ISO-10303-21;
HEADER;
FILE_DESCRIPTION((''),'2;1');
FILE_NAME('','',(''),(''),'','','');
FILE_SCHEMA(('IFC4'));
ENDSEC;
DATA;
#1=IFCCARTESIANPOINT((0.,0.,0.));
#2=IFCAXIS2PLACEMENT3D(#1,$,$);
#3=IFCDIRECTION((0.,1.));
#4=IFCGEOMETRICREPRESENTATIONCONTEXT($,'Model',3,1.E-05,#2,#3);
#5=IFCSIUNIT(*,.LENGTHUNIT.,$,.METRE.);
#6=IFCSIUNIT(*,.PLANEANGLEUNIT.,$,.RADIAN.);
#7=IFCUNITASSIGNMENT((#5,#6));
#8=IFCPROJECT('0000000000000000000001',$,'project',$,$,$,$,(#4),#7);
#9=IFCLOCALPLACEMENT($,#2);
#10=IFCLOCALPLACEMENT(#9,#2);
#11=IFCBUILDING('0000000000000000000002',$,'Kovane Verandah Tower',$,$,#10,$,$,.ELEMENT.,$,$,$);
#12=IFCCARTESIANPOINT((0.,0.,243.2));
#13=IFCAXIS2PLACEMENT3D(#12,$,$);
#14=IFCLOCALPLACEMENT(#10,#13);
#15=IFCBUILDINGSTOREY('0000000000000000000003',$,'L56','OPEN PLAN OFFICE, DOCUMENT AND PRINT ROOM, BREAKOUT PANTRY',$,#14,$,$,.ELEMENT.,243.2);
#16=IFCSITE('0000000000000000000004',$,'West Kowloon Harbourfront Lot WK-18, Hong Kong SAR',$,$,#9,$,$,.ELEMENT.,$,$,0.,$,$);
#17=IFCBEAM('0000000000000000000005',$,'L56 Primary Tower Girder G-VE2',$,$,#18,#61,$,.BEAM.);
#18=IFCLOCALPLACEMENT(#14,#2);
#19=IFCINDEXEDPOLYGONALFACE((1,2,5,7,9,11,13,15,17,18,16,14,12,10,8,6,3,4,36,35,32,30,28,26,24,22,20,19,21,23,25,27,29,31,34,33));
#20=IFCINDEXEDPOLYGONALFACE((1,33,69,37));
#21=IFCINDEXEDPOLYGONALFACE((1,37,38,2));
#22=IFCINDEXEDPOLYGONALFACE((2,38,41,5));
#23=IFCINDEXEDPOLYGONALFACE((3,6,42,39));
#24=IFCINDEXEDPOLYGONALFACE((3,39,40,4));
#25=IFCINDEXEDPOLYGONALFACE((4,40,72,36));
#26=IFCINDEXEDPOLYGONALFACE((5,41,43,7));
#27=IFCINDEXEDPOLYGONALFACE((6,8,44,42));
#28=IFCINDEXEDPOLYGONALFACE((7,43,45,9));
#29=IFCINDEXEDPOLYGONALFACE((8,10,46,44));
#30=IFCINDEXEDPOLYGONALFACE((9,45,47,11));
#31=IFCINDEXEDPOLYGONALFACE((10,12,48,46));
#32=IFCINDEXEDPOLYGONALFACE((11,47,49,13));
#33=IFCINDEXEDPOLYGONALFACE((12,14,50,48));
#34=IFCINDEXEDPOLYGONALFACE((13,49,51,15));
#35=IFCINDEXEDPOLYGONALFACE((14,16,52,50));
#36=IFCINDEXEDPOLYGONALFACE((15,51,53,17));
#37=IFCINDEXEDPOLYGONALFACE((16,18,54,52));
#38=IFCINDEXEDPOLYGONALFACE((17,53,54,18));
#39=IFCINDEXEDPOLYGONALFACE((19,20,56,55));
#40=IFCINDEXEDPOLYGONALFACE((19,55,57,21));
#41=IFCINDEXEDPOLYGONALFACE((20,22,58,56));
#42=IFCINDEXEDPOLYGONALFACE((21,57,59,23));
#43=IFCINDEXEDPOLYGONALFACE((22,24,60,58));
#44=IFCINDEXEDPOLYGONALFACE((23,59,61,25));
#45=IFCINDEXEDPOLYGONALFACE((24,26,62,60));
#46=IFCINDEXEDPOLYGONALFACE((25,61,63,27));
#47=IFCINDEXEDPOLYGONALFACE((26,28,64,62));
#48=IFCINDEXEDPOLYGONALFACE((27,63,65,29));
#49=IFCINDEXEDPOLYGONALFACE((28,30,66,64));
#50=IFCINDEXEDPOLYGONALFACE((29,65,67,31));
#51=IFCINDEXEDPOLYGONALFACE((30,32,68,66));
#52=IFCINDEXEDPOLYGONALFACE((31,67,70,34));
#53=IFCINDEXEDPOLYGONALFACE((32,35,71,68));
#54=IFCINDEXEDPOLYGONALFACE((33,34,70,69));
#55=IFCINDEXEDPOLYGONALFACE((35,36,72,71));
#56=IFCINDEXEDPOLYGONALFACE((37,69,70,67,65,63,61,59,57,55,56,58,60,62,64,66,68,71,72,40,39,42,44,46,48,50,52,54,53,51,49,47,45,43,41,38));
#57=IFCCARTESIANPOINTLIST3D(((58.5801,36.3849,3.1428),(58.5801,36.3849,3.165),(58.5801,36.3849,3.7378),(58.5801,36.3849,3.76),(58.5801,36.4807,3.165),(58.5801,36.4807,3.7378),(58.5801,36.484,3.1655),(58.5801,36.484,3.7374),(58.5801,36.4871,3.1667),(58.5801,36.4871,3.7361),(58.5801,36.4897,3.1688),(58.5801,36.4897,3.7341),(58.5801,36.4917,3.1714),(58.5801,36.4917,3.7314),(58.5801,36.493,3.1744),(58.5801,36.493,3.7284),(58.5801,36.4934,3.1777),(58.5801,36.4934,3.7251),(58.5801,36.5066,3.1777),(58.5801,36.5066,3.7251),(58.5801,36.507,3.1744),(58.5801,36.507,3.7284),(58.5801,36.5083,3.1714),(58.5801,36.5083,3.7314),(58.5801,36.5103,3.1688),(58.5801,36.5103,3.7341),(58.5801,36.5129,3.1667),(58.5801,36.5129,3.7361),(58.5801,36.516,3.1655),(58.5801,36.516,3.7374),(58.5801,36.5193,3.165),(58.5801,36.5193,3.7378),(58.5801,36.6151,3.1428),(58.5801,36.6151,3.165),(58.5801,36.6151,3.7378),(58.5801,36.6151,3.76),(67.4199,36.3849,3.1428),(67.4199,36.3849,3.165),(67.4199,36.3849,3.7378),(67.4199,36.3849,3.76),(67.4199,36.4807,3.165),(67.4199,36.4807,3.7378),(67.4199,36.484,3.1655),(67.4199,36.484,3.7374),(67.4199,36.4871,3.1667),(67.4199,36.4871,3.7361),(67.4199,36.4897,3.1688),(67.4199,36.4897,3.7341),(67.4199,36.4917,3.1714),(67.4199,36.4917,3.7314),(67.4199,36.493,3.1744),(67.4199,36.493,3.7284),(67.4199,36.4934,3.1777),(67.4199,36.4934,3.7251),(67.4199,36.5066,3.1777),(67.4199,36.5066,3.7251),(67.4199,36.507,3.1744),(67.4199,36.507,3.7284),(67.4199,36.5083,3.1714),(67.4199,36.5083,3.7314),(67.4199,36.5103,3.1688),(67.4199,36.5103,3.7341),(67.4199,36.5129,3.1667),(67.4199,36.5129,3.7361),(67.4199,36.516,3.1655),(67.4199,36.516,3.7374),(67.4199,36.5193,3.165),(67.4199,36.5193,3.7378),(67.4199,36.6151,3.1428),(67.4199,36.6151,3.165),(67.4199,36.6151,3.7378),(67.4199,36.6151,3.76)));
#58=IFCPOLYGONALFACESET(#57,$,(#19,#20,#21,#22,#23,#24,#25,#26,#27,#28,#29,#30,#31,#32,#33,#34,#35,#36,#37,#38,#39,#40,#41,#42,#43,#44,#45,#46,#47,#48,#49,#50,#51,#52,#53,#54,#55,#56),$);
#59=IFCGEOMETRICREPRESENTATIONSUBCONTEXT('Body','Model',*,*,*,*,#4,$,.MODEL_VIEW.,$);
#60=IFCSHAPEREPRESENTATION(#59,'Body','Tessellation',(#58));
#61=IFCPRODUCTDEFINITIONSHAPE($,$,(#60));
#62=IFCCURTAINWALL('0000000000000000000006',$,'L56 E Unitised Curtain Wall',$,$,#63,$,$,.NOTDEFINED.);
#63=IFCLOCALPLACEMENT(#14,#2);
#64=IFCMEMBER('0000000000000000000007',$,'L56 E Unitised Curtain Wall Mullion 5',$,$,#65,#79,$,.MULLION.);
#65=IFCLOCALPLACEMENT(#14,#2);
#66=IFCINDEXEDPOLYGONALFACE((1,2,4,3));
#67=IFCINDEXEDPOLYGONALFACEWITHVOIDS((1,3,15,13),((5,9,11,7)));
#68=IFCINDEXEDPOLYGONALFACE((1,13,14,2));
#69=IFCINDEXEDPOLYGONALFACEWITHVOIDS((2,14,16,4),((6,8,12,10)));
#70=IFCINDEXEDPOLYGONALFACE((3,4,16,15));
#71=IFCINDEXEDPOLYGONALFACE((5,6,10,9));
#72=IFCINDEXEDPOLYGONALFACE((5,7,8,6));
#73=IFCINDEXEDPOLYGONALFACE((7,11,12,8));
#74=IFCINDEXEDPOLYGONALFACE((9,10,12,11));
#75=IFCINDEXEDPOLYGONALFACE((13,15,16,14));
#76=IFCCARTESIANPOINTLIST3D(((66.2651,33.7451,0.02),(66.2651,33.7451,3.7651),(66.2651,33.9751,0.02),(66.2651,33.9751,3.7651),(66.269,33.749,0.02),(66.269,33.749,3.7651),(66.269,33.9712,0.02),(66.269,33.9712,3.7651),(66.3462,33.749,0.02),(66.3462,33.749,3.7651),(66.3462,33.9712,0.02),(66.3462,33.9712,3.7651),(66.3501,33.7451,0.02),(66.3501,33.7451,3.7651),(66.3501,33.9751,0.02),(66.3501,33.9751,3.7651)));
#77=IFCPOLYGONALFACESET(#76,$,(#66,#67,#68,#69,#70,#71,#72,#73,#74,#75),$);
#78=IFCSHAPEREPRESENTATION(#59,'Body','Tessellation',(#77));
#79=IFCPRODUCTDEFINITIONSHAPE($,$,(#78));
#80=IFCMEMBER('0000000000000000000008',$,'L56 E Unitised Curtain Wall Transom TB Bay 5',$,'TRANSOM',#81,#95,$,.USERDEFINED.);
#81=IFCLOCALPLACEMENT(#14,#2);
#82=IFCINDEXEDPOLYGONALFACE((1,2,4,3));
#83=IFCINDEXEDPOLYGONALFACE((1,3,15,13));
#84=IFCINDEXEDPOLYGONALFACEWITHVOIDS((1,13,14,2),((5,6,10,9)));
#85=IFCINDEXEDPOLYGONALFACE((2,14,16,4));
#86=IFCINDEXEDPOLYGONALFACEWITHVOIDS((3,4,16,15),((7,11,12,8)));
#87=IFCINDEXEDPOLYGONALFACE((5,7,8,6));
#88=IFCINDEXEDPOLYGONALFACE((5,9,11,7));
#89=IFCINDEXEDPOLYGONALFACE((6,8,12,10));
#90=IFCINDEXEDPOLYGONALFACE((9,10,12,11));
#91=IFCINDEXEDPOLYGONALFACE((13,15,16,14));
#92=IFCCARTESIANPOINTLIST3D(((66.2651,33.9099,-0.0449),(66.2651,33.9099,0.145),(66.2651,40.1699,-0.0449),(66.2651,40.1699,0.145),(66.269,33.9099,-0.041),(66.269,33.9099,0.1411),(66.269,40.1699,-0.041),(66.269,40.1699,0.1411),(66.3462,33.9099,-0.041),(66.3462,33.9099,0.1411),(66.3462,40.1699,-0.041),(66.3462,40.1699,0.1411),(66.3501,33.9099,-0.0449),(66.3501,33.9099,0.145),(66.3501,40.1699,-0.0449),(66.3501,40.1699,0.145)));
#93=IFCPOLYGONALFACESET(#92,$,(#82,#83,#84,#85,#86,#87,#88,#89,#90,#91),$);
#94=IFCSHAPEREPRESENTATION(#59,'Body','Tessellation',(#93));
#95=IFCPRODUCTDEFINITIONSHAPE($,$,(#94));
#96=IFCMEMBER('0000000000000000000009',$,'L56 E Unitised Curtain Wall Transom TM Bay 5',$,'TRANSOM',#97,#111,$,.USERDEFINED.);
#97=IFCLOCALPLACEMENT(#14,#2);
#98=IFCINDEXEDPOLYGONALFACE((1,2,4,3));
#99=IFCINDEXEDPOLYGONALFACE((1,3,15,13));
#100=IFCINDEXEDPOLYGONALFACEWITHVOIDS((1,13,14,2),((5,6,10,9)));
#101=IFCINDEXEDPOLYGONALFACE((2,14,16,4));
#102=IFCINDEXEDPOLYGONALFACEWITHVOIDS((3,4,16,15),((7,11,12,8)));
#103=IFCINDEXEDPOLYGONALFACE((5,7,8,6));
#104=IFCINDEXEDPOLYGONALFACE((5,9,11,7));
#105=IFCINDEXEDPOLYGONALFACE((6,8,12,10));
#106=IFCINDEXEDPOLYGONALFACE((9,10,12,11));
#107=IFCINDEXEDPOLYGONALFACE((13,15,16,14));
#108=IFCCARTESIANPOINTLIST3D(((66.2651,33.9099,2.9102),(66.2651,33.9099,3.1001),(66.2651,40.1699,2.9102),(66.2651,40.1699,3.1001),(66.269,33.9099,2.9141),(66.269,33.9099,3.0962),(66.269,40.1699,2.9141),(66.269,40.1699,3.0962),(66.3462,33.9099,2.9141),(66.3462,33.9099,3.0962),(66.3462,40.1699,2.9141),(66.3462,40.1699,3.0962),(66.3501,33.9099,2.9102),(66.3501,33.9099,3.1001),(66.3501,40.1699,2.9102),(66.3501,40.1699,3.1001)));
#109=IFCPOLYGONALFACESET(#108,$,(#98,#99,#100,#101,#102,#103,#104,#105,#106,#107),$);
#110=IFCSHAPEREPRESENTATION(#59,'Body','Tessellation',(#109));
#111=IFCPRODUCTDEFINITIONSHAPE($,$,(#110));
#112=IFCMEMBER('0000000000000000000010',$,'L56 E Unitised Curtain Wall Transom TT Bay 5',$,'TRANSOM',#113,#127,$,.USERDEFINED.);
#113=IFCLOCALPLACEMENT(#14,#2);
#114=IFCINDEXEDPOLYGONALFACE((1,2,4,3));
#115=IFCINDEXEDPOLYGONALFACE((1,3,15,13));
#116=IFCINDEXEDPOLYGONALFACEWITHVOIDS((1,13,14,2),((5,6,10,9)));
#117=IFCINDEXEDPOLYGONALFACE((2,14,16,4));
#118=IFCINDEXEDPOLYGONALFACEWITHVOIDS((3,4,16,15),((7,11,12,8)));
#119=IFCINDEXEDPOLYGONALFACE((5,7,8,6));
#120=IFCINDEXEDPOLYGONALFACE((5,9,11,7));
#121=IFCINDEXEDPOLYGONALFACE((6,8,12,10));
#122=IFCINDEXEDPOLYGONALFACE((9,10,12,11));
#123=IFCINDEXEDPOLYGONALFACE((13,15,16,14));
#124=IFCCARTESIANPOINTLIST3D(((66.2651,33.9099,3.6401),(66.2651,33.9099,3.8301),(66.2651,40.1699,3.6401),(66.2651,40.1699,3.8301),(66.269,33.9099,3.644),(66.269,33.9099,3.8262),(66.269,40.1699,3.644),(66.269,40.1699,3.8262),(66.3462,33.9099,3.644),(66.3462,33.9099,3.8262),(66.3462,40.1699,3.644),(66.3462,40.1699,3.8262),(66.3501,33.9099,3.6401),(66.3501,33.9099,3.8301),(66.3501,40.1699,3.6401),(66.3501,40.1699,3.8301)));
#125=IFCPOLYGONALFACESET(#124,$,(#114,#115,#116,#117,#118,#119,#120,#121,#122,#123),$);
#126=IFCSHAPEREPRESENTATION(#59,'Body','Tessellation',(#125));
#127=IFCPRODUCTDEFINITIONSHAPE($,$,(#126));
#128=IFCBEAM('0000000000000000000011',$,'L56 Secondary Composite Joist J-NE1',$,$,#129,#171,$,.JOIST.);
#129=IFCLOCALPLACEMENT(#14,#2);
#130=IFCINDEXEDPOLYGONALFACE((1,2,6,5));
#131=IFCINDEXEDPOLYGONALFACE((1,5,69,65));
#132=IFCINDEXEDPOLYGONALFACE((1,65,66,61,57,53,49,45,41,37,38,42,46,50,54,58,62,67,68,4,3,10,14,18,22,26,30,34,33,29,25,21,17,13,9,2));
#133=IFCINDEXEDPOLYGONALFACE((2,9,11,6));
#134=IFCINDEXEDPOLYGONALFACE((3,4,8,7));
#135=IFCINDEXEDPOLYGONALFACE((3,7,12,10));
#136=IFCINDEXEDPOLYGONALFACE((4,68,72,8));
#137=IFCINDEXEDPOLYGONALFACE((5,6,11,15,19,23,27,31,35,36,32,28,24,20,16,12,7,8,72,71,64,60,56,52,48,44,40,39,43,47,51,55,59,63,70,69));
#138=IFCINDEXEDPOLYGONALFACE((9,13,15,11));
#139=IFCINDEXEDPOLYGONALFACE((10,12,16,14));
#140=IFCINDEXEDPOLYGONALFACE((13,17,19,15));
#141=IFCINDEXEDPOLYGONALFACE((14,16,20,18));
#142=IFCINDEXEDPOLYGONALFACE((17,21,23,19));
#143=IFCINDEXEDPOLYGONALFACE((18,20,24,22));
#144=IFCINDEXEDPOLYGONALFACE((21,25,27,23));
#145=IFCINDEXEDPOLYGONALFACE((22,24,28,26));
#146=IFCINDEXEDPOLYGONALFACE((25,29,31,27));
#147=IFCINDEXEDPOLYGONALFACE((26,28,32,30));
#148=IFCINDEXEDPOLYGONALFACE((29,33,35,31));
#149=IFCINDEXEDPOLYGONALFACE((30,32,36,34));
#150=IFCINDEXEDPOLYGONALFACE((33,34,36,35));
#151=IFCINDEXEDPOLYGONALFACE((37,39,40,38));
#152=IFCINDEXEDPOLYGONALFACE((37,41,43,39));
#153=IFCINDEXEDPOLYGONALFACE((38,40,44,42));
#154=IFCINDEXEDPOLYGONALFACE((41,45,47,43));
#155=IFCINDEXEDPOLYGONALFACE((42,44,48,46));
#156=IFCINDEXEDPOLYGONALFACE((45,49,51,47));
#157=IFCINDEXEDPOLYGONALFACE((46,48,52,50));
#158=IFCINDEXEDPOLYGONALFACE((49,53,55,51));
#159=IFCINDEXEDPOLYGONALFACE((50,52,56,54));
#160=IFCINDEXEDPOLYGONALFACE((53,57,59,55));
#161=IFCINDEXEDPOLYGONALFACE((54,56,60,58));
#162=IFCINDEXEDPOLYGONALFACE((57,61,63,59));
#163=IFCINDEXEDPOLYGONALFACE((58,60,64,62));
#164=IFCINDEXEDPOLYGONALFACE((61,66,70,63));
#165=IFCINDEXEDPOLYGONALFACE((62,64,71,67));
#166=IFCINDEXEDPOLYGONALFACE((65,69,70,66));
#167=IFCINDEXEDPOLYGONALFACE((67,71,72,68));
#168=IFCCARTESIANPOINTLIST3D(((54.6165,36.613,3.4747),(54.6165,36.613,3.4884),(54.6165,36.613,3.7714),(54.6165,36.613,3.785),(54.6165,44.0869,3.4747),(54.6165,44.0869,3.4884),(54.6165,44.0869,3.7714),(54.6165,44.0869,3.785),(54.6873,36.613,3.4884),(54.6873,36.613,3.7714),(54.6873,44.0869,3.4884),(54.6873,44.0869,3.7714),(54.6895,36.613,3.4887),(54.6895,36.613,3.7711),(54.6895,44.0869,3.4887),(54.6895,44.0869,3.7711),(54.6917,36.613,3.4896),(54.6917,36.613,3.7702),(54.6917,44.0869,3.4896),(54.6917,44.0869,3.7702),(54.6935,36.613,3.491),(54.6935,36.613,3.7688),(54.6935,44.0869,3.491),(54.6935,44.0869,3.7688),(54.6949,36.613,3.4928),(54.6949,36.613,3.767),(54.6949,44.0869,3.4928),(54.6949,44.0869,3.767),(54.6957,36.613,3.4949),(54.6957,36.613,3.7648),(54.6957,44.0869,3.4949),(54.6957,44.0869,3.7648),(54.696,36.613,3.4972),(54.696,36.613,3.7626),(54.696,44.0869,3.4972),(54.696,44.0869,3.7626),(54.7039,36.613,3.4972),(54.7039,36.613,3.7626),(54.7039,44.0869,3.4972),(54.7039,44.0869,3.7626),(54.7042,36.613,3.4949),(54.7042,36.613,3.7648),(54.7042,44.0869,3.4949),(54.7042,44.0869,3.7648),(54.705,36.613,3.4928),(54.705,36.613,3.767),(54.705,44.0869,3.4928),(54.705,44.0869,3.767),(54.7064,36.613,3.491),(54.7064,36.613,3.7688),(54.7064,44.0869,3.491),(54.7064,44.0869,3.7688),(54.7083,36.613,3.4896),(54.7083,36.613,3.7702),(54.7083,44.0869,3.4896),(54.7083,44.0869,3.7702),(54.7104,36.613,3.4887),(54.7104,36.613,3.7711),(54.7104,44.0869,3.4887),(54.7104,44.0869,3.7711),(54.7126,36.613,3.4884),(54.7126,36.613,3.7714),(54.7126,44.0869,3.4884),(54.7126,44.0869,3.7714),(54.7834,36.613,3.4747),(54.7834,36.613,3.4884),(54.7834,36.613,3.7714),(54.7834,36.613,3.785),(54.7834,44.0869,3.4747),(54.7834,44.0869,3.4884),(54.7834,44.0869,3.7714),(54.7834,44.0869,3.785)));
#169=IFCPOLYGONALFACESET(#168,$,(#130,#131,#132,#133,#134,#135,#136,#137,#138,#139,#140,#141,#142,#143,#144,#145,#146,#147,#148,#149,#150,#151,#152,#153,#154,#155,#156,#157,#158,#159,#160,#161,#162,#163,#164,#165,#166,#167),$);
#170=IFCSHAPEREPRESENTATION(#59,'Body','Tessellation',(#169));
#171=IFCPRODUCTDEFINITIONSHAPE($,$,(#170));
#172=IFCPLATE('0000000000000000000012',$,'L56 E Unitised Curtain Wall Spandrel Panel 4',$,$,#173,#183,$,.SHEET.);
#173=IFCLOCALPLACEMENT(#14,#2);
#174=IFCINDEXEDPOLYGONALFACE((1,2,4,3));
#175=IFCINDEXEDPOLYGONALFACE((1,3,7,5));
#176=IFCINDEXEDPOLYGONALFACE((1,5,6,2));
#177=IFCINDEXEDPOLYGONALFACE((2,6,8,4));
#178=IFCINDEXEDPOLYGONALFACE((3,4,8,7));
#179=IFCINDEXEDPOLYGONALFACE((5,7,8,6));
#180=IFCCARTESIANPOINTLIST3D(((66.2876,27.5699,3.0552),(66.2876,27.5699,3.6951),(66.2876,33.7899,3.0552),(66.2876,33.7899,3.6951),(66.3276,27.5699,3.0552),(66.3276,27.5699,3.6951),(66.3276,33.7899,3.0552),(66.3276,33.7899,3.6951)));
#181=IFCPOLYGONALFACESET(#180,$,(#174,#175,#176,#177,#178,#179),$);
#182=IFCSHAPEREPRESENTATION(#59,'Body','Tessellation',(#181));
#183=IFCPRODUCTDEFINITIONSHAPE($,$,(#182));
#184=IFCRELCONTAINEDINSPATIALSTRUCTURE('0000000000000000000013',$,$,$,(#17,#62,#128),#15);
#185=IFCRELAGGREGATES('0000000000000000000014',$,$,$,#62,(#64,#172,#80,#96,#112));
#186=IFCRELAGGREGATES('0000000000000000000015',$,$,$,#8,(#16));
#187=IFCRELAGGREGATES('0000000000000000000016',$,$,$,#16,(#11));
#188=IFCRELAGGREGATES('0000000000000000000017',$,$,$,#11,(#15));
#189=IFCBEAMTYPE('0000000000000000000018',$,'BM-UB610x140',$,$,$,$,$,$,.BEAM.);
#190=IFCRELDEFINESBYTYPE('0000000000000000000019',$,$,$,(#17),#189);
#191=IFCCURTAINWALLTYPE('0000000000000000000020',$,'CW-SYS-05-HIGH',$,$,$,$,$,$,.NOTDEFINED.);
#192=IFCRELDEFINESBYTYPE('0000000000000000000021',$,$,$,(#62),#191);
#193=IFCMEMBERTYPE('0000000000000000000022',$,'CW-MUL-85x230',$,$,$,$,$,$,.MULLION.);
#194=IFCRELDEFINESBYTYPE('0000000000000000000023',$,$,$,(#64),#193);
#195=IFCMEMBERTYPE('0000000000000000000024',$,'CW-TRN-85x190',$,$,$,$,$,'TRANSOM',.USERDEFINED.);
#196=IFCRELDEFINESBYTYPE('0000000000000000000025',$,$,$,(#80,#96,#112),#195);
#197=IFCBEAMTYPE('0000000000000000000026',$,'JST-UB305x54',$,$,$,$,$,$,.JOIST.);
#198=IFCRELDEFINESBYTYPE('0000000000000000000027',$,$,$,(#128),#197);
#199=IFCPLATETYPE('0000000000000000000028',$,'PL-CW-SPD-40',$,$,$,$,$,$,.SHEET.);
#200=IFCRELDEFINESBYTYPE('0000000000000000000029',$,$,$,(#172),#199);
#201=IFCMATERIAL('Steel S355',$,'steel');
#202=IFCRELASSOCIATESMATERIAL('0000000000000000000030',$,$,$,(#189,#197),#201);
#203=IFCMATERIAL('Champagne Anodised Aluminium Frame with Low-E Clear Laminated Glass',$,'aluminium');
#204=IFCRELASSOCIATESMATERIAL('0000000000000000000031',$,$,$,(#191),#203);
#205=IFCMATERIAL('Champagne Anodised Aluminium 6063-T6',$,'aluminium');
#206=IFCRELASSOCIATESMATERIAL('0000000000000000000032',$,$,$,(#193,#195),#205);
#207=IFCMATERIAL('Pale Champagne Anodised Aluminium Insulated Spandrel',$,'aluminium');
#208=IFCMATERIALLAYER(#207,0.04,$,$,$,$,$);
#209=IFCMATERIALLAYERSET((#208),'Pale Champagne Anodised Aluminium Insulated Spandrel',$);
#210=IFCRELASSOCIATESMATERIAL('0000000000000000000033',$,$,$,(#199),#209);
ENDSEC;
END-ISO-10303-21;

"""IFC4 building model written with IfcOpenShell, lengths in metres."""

from ifc_helpers import new_model, si_unit, direction, frame, origin, origin_2d, place, context, subcontext, project, spatial, rectangle, hollow_rectangle, i_section, extrude, material, layer, layer_set, material_profile, profile_set, type_object, element, aggregate, save


model = new_model("IFC4")

# Units and contexts
model_context = context("Model", 3, precision=1e-05, world=origin(), true_north=direction((0.0, 1.0)))
body_context = subcontext(model_context, "Body", "Model", "MODEL_VIEW")
ifc_project = project(units=[si_unit("LENGTHUNIT", "METRE"), si_unit("PLANEANGLEUNIT", "RADIAN")], contexts=[model_context])

# Site, building, storey
site_placement = place(None, origin())
site = spatial("IfcSite", under=ifc_project, at=site_placement, Name="West Kowloon Harbourfront Lot WK-18, Hong Kong SAR", CompositionType="ELEMENT", RefElevation=0.0)
building_placement = place(site_placement, origin())
building = spatial("IfcBuilding", under=site, at=building_placement, Name="Kovane Verandah Tower", CompositionType="ELEMENT")
storey_placement = place(building_placement, frame((0.0, 0.0, 243.2)))
storey = spatial("IfcBuildingStorey", under=building, at=storey_placement, Name="L56", Description="OPEN PLAN OFFICE, DOCUMENT AND PRINT ROOM, BREAKOUT PANTRY", CompositionType="ELEMENT", Elevation=243.2)

# Beam
ifc_material_1 = material(Name="Steel S355", Category="steel")
ifc_material_profile_1 = material_profile(ifc_material_1, i_section(OverallWidth=0.2302, OverallDepth=0.6172, WebThickness=0.0132, FlangeThickness=0.0222, FilletRadius=0.0127, at=origin_2d()), Name="UB610x229x140")
ifc_profile_set_1 = profile_set([ifc_material_profile_1], Name="Steel S355")
beam_type_1 = type_object("IfcBeamType", Name="BM-UB610x140", PredefinedType="BEAM", material=ifc_profile_set_1)
beam_1_placement = place(storey_placement, frame((58.5801, 36.5, 3.4514), z_axis=(1.0, 0.0, 0.0), x_axis=(0.0, 1.0, 0.0)))
element("IfcBeam", 1, at=beam_1_placement, inside=storey, type_object=beam_type_1, Name="L56 Primary Tower Girder G-VE2", PredefinedType="BEAM", context=body_context, shape_type="SweptSolid", body=[
    extrude(i_section(OverallWidth=0.2302, OverallDepth=0.6172, WebThickness=0.0132, FlangeThickness=0.0222, FilletRadius=0.0127, at=origin_2d()), origin(), (0.0, 0.0, 1.0), 8.8398),
])

# Curtain wall, members
ifc_material_2 = material(Name="Champagne Anodised Aluminium Frame with Low-E Clear Laminated Glass", Category="aluminium")
curtain_wall_type = type_object("IfcCurtainWallType", Name="CW-SYS-05-HIGH", PredefinedType="NOTDEFINED", material=ifc_material_2)
curtain_wall_placement = place(storey_placement, origin())
curtain_wall = element("IfcCurtainWall", 2, at=curtain_wall_placement, inside=storey, type_object=curtain_wall_type, Name="L56 E Unitised Curtain Wall", PredefinedType="NOTDEFINED")
ifc_material_3 = material(Name="Champagne Anodised Aluminium 6063-T6", Category="aluminium")
ifc_material_profile_2 = material_profile(ifc_material_3, hollow_rectangle(XDim=0.085, YDim=0.23, WallThickness=0.0039, at=origin_2d()), Name="AL85x230x4")
ifc_profile_set_2 = profile_set([ifc_material_profile_2], Name="Champagne Anodised Aluminium 6063-T6")
member_type_1 = type_object("IfcMemberType", Name="CW-MUL-85x230", PredefinedType="MULLION", material=ifc_profile_set_2)
member_1_placement = place(storey_placement, frame((66.3076, 33.8601, 0.02), z_axis=(0.0, 0.0, 1.0), x_axis=(1.0, 0.0, 0.0)))
member_1 = element("IfcMember", 3, at=member_1_placement, type_object=member_type_1, Name="L56 E Unitised Curtain Wall Mullion 5", PredefinedType="MULLION", context=body_context, shape_type="SweptSolid", body=[
    extrude(hollow_rectangle(XDim=0.085, YDim=0.23, WallThickness=0.0039, at=origin_2d()), origin(), (0.0, 0.0, 1.0), 3.7451),
])
ifc_material_profile_3 = material_profile(ifc_material_3, hollow_rectangle(XDim=0.085, YDim=0.1899, WallThickness=0.0039, at=origin_2d()), Name="AL85x190x4")
ifc_profile_set_3 = profile_set([ifc_material_profile_3], Name="Champagne Anodised Aluminium 6063-T6")
member_type_2 = type_object("IfcMemberType", Name="CW-TRN-85x190", ElementType="TRANSOM", PredefinedType="USERDEFINED", material=ifc_profile_set_3)
member_2_placement = place(storey_placement, frame((66.3076, 33.9099, 0.05), z_axis=(0.0, 1.0, 0.0), x_axis=(-1.0, 0.0, 0.0)))
member_2 = element("IfcMember", 4, at=member_2_placement, type_object=member_type_2, Name="L56 E Unitised Curtain Wall Transom TB Bay 5", ObjectType="TRANSOM", PredefinedType="USERDEFINED", context=body_context, shape_type="SweptSolid", body=[
    extrude(hollow_rectangle(XDim=0.085, YDim=0.1899, WallThickness=0.0039, at=origin_2d()), origin(), (0.0, 0.0, 1.0), 6.26),
])
member_3_placement = place(storey_placement, frame((66.3076, 33.9099, 3.0051), z_axis=(0.0, 1.0, 0.0), x_axis=(-1.0, 0.0, 0.0)))
member_3 = element("IfcMember", 5, at=member_3_placement, type_object=member_type_2, Name="L56 E Unitised Curtain Wall Transom TM Bay 5", ObjectType="TRANSOM", PredefinedType="USERDEFINED", context=body_context, shape_type="SweptSolid", body=[
    extrude(hollow_rectangle(XDim=0.085, YDim=0.1899, WallThickness=0.0039, at=origin_2d()), origin(), (0.0, 0.0, 1.0), 6.26),
])
member_4_placement = place(storey_placement, frame((66.3076, 33.9099, 3.7351), z_axis=(0.0, 1.0, 0.0), x_axis=(-1.0, 0.0, 0.0)))
member_4 = element("IfcMember", 6, at=member_4_placement, type_object=member_type_2, Name="L56 E Unitised Curtain Wall Transom TT Bay 5", ObjectType="TRANSOM", PredefinedType="USERDEFINED", context=body_context, shape_type="SweptSolid", body=[
    extrude(hollow_rectangle(XDim=0.085, YDim=0.1899, WallThickness=0.0039, at=origin_2d()), origin(), (0.0, 0.0, 1.0), 6.26),
])

# Beam
ifc_material_profile_4 = material_profile(ifc_material_1, i_section(OverallWidth=0.167, OverallDepth=0.3103, WebThickness=0.0078, FlangeThickness=0.0137, FilletRadius=0.0088, at=origin_2d()), Name="UB305x165x54")
ifc_profile_set_4 = profile_set([ifc_material_profile_4], Name="Steel S355")
beam_type_2 = type_object("IfcBeamType", Name="JST-UB305x54", PredefinedType="JOIST", material=ifc_profile_set_4)
beam_2_placement = place(storey_placement, frame((54.7, 36.613, 3.6299), z_axis=(0.0, 1.0, 0.0), x_axis=(-1.0, 0.0, 0.0)))
element("IfcBeam", 7, at=beam_2_placement, inside=storey, type_object=beam_type_2, Name="L56 Secondary Composite Joist J-NE1", PredefinedType="JOIST", context=body_context, shape_type="SweptSolid", body=[
    extrude(i_section(OverallWidth=0.167, OverallDepth=0.3103, WebThickness=0.0078, FlangeThickness=0.0137, FilletRadius=0.0088, at=origin_2d()), origin(), (0.0, 0.0, 1.0), 7.4739),
])

# Plate
ifc_material_4 = material(Name="Pale Champagne Anodised Aluminium Insulated Spandrel", Category="aluminium")
ifc_layer_1 = layer(ifc_material_4, 0.04)
ifc_layer_set_1 = layer_set([ifc_layer_1], Name="Pale Champagne Anodised Aluminium Insulated Spandrel")
plate_type_1 = type_object("IfcPlateType", Name="PL-CW-SPD-40", PredefinedType="SHEET", material=ifc_layer_set_1)
plate_1_placement = place(storey_placement, frame((66.3076, 30.6799, 3.0552), z_axis=(0.0, 0.0, 1.0), x_axis=(0.0, 1.0, 0.0)))
plate_1 = element("IfcPlate", 8, at=plate_1_placement, type_object=plate_type_1, Name="L56 E Unitised Curtain Wall Spandrel Panel 4", PredefinedType="SHEET", context=body_context, shape_type="SweptSolid", body=[
    extrude(rectangle(XDim=6.22, YDim=0.04, at=origin_2d()), origin(), (0.0, 0.0, 1.0), 0.6399),
])
aggregate(curtain_wall, [member_1, plate_1, member_2, member_3, member_4])

save(model, "model.ifc")
